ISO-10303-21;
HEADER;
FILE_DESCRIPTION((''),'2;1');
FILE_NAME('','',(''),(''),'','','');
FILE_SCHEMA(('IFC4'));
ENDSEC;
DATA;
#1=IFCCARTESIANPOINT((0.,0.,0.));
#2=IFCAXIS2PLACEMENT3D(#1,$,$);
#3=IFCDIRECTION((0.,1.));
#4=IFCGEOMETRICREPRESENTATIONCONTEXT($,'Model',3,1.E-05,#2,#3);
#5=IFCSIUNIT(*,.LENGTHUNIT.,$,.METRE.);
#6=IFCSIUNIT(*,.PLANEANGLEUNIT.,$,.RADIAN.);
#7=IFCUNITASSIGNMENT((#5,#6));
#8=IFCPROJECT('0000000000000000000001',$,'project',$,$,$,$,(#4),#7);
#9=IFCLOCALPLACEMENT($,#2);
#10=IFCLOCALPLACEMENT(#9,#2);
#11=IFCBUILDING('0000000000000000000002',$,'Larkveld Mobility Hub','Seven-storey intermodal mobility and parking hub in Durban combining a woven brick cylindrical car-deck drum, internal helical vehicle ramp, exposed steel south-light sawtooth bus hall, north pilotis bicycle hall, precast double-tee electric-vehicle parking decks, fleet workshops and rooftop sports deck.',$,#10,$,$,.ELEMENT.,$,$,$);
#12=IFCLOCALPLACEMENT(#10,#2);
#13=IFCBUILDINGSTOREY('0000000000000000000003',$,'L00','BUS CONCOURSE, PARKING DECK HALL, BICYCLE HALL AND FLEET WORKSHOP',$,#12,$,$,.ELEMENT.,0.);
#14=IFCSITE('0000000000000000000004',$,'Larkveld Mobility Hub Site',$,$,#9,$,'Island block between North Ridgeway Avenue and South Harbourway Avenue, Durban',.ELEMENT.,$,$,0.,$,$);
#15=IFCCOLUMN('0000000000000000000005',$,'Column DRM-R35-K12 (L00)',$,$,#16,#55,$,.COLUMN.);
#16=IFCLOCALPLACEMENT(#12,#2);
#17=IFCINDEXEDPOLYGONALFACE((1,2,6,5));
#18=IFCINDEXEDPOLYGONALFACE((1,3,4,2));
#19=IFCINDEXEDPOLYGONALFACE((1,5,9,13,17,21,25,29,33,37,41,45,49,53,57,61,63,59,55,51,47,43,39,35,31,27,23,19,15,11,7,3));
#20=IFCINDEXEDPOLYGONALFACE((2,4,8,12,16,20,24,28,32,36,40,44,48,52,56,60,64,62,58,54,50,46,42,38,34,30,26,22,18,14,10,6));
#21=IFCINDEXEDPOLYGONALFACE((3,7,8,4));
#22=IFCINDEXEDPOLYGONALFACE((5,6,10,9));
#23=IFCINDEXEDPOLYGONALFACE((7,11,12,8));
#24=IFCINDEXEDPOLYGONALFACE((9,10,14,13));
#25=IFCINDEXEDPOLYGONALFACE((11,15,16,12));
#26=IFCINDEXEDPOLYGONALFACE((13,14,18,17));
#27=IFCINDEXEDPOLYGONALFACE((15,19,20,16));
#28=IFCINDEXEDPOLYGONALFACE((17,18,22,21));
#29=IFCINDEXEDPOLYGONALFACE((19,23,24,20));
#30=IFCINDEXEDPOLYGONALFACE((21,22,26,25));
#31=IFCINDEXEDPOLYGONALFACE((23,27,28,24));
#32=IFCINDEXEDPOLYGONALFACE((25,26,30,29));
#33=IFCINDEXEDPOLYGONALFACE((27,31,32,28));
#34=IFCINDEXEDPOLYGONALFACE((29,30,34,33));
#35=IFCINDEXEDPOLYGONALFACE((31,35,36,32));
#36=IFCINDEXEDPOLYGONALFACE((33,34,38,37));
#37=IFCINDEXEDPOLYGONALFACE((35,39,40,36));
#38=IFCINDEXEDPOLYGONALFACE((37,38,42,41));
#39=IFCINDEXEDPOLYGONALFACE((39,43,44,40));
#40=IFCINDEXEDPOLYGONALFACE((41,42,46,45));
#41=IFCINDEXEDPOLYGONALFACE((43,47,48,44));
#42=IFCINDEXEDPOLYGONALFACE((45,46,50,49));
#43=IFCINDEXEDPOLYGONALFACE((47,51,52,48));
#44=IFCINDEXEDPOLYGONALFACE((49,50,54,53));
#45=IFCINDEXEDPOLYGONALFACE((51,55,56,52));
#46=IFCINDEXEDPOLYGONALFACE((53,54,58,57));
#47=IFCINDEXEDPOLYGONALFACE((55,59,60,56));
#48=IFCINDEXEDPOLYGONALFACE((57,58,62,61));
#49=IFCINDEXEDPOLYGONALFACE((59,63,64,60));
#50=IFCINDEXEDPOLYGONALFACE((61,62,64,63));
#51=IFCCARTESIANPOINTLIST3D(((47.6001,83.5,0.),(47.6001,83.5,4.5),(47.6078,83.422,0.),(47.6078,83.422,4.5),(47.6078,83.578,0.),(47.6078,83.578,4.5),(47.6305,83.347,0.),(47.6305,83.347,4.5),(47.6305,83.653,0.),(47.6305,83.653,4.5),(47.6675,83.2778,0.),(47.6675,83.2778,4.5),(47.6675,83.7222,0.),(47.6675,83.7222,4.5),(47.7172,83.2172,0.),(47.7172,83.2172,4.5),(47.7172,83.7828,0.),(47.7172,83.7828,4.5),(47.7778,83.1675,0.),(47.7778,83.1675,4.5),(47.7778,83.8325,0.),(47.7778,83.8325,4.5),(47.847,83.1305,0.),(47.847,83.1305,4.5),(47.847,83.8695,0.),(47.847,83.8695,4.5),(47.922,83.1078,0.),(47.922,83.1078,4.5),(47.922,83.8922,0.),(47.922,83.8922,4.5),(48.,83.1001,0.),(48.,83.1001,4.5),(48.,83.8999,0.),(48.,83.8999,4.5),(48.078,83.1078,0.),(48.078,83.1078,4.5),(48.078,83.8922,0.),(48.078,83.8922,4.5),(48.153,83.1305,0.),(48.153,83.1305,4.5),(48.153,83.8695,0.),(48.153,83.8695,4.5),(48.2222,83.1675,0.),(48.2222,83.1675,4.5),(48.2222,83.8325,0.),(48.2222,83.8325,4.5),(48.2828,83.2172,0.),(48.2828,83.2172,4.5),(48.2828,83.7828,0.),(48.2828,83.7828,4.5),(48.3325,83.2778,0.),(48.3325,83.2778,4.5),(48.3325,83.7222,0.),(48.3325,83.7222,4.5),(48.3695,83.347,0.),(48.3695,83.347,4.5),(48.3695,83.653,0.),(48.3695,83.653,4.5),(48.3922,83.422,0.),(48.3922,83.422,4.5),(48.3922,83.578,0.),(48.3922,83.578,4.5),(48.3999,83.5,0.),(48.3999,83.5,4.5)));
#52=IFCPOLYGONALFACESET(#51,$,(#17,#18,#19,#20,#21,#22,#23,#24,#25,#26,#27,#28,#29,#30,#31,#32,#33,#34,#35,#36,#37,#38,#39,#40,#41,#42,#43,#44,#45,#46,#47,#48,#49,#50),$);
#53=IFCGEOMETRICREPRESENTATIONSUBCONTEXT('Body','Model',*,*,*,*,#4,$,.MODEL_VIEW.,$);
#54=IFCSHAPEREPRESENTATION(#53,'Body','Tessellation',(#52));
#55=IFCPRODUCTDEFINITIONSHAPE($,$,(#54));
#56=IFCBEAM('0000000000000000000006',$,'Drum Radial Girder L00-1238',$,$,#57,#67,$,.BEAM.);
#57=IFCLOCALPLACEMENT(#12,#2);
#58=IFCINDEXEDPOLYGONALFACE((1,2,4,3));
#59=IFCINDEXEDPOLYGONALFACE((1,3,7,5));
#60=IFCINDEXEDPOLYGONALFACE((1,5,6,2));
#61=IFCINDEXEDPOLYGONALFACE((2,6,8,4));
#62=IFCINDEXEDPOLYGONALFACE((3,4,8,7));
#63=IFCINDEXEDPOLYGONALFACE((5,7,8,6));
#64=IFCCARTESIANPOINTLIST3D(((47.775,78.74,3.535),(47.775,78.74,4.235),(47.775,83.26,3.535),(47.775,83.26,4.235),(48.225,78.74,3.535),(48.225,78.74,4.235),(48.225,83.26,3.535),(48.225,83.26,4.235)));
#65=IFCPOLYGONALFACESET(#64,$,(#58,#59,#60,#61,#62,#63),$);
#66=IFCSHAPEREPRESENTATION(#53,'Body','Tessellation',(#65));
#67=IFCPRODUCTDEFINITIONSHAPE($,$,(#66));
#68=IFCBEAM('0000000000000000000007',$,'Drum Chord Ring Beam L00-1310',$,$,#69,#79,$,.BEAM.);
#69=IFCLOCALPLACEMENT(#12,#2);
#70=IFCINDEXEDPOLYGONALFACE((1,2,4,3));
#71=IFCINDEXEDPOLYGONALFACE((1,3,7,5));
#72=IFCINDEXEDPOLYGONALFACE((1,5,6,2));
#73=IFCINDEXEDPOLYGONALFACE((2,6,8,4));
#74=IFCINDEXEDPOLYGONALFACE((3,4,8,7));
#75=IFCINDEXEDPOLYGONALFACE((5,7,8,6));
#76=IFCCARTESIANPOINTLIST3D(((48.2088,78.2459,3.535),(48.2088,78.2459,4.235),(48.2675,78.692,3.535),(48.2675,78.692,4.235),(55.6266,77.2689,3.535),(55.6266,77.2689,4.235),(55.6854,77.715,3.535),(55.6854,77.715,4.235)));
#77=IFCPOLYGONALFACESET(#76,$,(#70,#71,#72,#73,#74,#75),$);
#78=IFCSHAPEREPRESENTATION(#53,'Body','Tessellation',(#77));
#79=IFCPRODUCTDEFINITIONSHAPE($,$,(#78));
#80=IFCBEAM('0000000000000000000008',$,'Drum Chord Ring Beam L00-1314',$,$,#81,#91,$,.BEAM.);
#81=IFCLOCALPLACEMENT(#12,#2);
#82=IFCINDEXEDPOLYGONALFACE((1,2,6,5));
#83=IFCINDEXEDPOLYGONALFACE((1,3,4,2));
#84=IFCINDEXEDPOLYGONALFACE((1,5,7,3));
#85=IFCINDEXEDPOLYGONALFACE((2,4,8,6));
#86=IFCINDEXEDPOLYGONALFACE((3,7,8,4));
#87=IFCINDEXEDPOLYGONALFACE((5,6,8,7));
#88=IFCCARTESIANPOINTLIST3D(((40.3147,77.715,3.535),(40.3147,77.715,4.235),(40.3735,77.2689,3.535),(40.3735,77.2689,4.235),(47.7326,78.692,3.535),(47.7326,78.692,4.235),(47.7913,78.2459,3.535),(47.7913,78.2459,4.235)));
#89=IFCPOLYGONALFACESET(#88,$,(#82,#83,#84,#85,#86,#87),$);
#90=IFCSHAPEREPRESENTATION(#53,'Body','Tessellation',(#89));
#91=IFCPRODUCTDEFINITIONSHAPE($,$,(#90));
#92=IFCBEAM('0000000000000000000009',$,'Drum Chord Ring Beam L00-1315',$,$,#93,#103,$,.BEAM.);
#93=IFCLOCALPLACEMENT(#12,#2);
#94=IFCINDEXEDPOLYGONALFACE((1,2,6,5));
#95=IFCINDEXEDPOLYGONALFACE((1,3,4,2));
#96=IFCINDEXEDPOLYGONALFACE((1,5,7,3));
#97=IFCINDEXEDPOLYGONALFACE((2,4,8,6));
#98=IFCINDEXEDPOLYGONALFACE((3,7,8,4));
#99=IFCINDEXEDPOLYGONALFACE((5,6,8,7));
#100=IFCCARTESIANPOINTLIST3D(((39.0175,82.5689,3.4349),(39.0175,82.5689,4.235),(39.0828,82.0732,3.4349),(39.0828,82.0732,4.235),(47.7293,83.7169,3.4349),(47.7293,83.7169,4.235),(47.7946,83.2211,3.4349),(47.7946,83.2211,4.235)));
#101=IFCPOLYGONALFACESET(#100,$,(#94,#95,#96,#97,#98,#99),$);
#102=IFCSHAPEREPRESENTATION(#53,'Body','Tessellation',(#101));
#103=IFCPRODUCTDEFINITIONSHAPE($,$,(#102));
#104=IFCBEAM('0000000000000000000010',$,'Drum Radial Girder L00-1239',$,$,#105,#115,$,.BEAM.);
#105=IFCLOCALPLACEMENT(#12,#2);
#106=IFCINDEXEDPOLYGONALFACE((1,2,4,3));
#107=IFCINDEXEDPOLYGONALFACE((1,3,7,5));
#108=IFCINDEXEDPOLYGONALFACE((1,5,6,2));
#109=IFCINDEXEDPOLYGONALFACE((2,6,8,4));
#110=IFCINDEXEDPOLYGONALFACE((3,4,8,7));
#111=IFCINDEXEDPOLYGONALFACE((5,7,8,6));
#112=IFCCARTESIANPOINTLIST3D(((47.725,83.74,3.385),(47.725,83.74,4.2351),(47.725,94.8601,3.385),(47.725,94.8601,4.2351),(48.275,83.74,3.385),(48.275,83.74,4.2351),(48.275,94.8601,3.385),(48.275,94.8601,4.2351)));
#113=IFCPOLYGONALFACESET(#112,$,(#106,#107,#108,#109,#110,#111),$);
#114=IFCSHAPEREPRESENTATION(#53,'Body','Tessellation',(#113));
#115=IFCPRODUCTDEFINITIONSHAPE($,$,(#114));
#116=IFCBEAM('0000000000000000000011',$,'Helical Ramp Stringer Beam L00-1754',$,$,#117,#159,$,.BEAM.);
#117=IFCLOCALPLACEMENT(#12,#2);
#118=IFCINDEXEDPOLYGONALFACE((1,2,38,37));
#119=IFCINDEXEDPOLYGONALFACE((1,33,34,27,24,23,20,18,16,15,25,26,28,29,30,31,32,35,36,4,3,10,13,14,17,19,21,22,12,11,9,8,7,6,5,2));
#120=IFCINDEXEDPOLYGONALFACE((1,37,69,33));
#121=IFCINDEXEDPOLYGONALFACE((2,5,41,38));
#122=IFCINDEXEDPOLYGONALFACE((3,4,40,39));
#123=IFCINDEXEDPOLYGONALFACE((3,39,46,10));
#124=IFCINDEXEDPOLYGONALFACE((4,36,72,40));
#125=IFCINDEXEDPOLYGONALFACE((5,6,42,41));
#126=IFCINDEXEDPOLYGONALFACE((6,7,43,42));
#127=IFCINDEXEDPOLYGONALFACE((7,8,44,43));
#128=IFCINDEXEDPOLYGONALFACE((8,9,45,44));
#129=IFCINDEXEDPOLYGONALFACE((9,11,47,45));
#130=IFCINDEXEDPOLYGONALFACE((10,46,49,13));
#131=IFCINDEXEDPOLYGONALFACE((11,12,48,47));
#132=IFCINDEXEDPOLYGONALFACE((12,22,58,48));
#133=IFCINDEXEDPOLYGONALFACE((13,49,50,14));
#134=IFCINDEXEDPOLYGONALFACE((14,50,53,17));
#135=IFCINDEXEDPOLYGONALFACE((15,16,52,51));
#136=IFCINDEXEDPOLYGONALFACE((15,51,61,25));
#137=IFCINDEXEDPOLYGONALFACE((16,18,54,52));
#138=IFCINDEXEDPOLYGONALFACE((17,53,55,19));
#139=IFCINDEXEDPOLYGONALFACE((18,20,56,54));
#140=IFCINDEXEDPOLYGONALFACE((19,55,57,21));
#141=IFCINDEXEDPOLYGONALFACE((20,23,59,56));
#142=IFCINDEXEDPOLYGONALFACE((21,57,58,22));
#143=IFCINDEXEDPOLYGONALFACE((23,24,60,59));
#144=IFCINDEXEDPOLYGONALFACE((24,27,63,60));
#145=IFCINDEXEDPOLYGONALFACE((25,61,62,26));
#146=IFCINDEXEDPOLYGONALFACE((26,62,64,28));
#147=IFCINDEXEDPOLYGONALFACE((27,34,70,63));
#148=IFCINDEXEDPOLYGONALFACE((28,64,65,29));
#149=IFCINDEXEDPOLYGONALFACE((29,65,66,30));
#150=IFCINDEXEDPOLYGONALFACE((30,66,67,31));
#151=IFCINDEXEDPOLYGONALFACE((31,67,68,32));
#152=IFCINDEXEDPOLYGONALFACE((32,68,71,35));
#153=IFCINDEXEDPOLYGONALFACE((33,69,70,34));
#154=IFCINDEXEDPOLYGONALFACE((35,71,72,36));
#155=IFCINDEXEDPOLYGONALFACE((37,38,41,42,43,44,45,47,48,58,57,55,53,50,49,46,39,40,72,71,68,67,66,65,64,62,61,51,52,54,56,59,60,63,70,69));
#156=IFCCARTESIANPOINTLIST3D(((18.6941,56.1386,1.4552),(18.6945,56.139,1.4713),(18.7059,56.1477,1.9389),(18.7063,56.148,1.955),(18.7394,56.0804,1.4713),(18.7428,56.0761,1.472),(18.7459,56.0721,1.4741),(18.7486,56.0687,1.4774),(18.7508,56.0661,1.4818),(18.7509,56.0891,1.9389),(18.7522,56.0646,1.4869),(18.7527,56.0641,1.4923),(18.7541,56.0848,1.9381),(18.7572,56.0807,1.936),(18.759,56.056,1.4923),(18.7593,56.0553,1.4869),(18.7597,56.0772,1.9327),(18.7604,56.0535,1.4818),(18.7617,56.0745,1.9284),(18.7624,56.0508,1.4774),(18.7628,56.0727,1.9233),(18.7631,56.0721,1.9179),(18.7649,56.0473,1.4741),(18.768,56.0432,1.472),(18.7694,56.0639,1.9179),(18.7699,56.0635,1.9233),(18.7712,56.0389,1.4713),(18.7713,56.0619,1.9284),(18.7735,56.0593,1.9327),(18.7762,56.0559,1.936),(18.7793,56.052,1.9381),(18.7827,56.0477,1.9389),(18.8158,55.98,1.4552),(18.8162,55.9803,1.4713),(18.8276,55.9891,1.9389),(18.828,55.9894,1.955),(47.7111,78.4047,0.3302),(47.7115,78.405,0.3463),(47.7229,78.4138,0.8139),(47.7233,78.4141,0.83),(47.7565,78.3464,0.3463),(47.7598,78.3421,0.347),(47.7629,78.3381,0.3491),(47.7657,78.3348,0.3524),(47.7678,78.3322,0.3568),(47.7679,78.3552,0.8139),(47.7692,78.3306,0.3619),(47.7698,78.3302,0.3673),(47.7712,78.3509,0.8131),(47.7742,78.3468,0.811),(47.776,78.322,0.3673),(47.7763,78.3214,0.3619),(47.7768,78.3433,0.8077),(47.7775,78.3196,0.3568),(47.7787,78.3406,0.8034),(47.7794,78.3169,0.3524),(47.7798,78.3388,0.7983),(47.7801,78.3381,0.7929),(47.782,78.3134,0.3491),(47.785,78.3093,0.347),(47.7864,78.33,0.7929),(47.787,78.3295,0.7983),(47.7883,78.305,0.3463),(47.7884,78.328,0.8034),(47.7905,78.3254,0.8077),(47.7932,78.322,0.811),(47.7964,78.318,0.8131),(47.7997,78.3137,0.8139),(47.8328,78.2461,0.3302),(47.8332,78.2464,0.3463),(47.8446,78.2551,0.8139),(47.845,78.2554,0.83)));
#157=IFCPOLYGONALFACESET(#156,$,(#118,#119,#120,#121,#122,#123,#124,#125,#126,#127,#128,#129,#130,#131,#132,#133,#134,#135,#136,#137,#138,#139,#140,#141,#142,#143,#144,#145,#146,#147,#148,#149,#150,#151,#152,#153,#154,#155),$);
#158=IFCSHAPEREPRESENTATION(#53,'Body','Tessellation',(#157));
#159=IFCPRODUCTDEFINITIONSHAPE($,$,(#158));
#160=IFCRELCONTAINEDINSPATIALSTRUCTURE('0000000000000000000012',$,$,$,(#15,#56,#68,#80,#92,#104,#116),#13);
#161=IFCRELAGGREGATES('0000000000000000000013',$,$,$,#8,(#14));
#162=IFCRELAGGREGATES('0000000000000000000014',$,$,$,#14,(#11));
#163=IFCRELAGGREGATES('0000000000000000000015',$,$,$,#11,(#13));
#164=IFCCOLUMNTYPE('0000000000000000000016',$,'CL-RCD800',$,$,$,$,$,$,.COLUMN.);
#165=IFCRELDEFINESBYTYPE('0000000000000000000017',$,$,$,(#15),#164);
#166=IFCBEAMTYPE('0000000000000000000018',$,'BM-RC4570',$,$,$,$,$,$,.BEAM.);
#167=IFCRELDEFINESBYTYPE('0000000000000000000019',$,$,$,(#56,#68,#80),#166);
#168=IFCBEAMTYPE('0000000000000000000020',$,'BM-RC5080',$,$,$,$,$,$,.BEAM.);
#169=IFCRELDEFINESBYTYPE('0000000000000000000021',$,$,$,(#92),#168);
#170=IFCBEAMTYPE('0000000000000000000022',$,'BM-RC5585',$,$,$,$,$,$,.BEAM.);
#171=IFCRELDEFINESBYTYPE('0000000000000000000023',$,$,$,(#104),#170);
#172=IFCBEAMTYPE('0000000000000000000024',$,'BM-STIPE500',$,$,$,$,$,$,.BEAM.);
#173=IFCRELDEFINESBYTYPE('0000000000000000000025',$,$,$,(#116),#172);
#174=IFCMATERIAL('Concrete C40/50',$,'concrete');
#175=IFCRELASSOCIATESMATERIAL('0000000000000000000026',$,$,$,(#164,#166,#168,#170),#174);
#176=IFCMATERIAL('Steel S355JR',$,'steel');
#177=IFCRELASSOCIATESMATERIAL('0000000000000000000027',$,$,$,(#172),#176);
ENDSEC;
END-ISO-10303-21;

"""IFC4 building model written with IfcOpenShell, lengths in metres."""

from ifc_helpers import new_model, si_unit, direction, frame, origin, origin_2d, place, context, subcontext, project, spatial, rectangle, circle, i_section, extrude, material, material_profile, profile_set, type_object, element, save


model = new_model("IFC4")

# Units and contexts
model_context = context("Model", 3, precision=1e-05, world=origin(), true_north=direction((0.0, 1.0)))
body_context = subcontext(model_context, "Body", "Model", "MODEL_VIEW")
ifc_project = project(units=[si_unit("LENGTHUNIT", "METRE"), si_unit("PLANEANGLEUNIT", "RADIAN")], contexts=[model_context])

# Site, building, storey
site_placement = place(None, origin())
site = spatial("IfcSite", under=ifc_project, at=site_placement, Name="Larkveld Mobility Hub Site", LongName="Island block between North Ridgeway Avenue and South Harbourway Avenue, Durban", CompositionType="ELEMENT", RefElevation=0.0)
building_placement = place(site_placement, origin())
building = spatial("IfcBuilding", under=site, at=building_placement, Name="Larkveld Mobility Hub", Description="Seven-storey intermodal mobility and parking hub in Durban combining a woven brick cylindrical car-deck drum, internal helical vehicle ramp, exposed steel south-light sawtooth bus hall, north pilotis bicycle hall, precast double-tee electric-vehicle parking decks, fleet workshops and rooftop sports deck.", CompositionType="ELEMENT")
storey_placement = place(building_placement, origin())
storey = spatial("IfcBuildingStorey", under=building, at=storey_placement, Name="L00", Description="BUS CONCOURSE, PARKING DECK HALL, BICYCLE HALL AND FLEET WORKSHOP", CompositionType="ELEMENT", Elevation=0.0)

# Column
ifc_material_1 = material(Name="Concrete C40/50", Category="concrete")
ifc_material_profile_1 = material_profile(ifc_material_1, circle(Radius=0.3999, at=origin_2d()), Name="RC COL D800")
ifc_profile_set_1 = profile_set([ifc_material_profile_1], Name="Concrete C40/50")
column_type_1 = type_object("IfcColumnType", Name="CL-RCD800", PredefinedType="COLUMN", material=ifc_profile_set_1)
column_1_placement = place(storey_placement, frame((48.0, 83.5, 0.0), z_axis=(0.0, 0.0, 1.0), x_axis=(1.0, 0.0, 0.0)))
element("IfcColumn", 1, at=column_1_placement, inside=storey, type_object=column_type_1, Name="Column DRM-R35-K12 (L00)", PredefinedType="COLUMN", context=body_context, shape_type="SweptSolid", body=[
    extrude(circle(Radius=0.3999, at=origin_2d()), origin(), (0.0, 0.0, 1.0), 4.5),
])

# Beams
ifc_material_profile_2 = material_profile(ifc_material_1, rectangle(XDim=0.45, YDim=0.7, at=origin_2d()), Name="RC BM 450x700")
ifc_profile_set_2 = profile_set([ifc_material_profile_2], Name="Concrete C40/50")
beam_type_1 = type_object("IfcBeamType", Name="BM-RC4570", PredefinedType="BEAM", material=ifc_profile_set_2)
beam_1_placement = place(storey_placement, frame((48.0, 78.74, 3.885), z_axis=(0.0, 1.0, 0.0), x_axis=(-1.0, 0.0, 0.0)))
element("IfcBeam", 2, at=beam_1_placement, inside=storey, type_object=beam_type_1, Name="Drum Radial Girder L00-1238", PredefinedType="BEAM", context=body_context, shape_type="SweptSolid", body=[
    extrude(rectangle(XDim=0.45, YDim=0.7, at=origin_2d()), origin(), (0.0, 0.0, 1.0), 4.52),
])
for number, where, z_axis, x_axis, name in (
    (3, (55.656, 77.4919, 3.885), (-0.991437, 0.130586, 0.0), (-0.130586, -0.991437, 0.0), "Drum Chord Ring Beam L00-1310"),
    (4, (47.762, 78.469, 3.885), (-0.991437, -0.130586, 0.0), (0.130586, -0.991437, 0.0), "Drum Chord Ring Beam L00-1314"),
):
    element("IfcBeam", number, at=place(storey_placement, frame(where, z_axis=z_axis, x_axis=x_axis)), inside=storey, type_object=beam_type_1, Name=name, PredefinedType="BEAM", context=body_context, shape_type="SweptSolid", body=[
        extrude(rectangle(XDim=0.45, YDim=0.7, at=origin_2d()), origin(), (0.0, 0.0, 1.0), 7.4819),
    ])
ifc_material_profile_3 = material_profile(ifc_material_1, rectangle(XDim=0.5, YDim=0.8, at=origin_2d()), Name="RC BM 500x800")
ifc_profile_set_3 = profile_set([ifc_material_profile_3], Name="Concrete C40/50")
beam_type_2 = type_object("IfcBeamType", Name="BM-RC5080", PredefinedType="BEAM", material=ifc_profile_set_3)
beam_2_placement = place(storey_placement, frame((47.762, 83.469, 3.835), z_axis=(-0.99143, -0.130638, 0.0), x_axis=(0.130638, -0.99143, 0.0)))
element("IfcBeam", 5, at=beam_2_placement, inside=storey, type_object=beam_type_2, Name="Drum Chord Ring Beam L00-1315", PredefinedType="BEAM", context=body_context, shape_type="SweptSolid", body=[
    extrude(rectangle(XDim=0.5, YDim=0.8, at=origin_2d()), origin(), (0.0, 0.0, 1.0), 8.7871),
])
ifc_material_profile_4 = material_profile(ifc_material_1, rectangle(XDim=0.55, YDim=0.8501, at=origin_2d()), Name="RC BM 550x850")
ifc_profile_set_4 = profile_set([ifc_material_profile_4], Name="Concrete C40/50")
beam_type_3 = type_object("IfcBeamType", Name="BM-RC5585", PredefinedType="BEAM", material=ifc_profile_set_4)
beam_3_placement = place(storey_placement, frame((48.0, 83.74, 3.8101), z_axis=(0.0, 1.0, 0.0), x_axis=(-1.0, 0.0, 0.0)))
element("IfcBeam", 6, at=beam_3_placement, inside=storey, type_object=beam_type_3, Name="Drum Radial Girder L00-1239", PredefinedType="BEAM", context=body_context, shape_type="SweptSolid", body=[
    extrude(rectangle(XDim=0.55, YDim=0.8501, at=origin_2d()), origin(), (0.0, 0.0, 1.0), 11.1201),
])
ifc_material_2 = material(Name="Steel S355JR", Category="steel")
ifc_material_profile_5 = material_profile(ifc_material_2, i_section(OverallWidth=0.2, OverallDepth=0.5, WebThickness=0.0103, FlangeThickness=0.0161, FilletRadius=0.021, at=origin_2d()), Name="IPE 500")
ifc_profile_set_5 = profile_set([ifc_material_profile_5], Name="Steel S355JR")
beam_type_4 = type_object("IfcBeamType", Name="BM-STIPE500", PredefinedType="BEAM", material=ifc_profile_set_5)
beam_4_placement = place(storey_placement, frame((47.7781, 78.3301, 0.5801), z_axis=(-0.792971, -0.608483, 0.030744), x_axis=(0.60877, -0.793347, 0.0)))
element("IfcBeam", 7, at=beam_4_placement, inside=storey, type_object=beam_type_4, Name="Helical Ramp Stringer Beam L00-1754", PredefinedType="BEAM", context=body_context, shape_type="SweptSolid", body=[
    extrude(i_section(OverallWidth=0.2, OverallDepth=0.5, WebThickness=0.0103, FlangeThickness=0.0161, FilletRadius=0.021, at=origin_2d()), origin(), (0.0, 0.0, 1.0), 36.5928),
])

save(model, "model.ifc")
